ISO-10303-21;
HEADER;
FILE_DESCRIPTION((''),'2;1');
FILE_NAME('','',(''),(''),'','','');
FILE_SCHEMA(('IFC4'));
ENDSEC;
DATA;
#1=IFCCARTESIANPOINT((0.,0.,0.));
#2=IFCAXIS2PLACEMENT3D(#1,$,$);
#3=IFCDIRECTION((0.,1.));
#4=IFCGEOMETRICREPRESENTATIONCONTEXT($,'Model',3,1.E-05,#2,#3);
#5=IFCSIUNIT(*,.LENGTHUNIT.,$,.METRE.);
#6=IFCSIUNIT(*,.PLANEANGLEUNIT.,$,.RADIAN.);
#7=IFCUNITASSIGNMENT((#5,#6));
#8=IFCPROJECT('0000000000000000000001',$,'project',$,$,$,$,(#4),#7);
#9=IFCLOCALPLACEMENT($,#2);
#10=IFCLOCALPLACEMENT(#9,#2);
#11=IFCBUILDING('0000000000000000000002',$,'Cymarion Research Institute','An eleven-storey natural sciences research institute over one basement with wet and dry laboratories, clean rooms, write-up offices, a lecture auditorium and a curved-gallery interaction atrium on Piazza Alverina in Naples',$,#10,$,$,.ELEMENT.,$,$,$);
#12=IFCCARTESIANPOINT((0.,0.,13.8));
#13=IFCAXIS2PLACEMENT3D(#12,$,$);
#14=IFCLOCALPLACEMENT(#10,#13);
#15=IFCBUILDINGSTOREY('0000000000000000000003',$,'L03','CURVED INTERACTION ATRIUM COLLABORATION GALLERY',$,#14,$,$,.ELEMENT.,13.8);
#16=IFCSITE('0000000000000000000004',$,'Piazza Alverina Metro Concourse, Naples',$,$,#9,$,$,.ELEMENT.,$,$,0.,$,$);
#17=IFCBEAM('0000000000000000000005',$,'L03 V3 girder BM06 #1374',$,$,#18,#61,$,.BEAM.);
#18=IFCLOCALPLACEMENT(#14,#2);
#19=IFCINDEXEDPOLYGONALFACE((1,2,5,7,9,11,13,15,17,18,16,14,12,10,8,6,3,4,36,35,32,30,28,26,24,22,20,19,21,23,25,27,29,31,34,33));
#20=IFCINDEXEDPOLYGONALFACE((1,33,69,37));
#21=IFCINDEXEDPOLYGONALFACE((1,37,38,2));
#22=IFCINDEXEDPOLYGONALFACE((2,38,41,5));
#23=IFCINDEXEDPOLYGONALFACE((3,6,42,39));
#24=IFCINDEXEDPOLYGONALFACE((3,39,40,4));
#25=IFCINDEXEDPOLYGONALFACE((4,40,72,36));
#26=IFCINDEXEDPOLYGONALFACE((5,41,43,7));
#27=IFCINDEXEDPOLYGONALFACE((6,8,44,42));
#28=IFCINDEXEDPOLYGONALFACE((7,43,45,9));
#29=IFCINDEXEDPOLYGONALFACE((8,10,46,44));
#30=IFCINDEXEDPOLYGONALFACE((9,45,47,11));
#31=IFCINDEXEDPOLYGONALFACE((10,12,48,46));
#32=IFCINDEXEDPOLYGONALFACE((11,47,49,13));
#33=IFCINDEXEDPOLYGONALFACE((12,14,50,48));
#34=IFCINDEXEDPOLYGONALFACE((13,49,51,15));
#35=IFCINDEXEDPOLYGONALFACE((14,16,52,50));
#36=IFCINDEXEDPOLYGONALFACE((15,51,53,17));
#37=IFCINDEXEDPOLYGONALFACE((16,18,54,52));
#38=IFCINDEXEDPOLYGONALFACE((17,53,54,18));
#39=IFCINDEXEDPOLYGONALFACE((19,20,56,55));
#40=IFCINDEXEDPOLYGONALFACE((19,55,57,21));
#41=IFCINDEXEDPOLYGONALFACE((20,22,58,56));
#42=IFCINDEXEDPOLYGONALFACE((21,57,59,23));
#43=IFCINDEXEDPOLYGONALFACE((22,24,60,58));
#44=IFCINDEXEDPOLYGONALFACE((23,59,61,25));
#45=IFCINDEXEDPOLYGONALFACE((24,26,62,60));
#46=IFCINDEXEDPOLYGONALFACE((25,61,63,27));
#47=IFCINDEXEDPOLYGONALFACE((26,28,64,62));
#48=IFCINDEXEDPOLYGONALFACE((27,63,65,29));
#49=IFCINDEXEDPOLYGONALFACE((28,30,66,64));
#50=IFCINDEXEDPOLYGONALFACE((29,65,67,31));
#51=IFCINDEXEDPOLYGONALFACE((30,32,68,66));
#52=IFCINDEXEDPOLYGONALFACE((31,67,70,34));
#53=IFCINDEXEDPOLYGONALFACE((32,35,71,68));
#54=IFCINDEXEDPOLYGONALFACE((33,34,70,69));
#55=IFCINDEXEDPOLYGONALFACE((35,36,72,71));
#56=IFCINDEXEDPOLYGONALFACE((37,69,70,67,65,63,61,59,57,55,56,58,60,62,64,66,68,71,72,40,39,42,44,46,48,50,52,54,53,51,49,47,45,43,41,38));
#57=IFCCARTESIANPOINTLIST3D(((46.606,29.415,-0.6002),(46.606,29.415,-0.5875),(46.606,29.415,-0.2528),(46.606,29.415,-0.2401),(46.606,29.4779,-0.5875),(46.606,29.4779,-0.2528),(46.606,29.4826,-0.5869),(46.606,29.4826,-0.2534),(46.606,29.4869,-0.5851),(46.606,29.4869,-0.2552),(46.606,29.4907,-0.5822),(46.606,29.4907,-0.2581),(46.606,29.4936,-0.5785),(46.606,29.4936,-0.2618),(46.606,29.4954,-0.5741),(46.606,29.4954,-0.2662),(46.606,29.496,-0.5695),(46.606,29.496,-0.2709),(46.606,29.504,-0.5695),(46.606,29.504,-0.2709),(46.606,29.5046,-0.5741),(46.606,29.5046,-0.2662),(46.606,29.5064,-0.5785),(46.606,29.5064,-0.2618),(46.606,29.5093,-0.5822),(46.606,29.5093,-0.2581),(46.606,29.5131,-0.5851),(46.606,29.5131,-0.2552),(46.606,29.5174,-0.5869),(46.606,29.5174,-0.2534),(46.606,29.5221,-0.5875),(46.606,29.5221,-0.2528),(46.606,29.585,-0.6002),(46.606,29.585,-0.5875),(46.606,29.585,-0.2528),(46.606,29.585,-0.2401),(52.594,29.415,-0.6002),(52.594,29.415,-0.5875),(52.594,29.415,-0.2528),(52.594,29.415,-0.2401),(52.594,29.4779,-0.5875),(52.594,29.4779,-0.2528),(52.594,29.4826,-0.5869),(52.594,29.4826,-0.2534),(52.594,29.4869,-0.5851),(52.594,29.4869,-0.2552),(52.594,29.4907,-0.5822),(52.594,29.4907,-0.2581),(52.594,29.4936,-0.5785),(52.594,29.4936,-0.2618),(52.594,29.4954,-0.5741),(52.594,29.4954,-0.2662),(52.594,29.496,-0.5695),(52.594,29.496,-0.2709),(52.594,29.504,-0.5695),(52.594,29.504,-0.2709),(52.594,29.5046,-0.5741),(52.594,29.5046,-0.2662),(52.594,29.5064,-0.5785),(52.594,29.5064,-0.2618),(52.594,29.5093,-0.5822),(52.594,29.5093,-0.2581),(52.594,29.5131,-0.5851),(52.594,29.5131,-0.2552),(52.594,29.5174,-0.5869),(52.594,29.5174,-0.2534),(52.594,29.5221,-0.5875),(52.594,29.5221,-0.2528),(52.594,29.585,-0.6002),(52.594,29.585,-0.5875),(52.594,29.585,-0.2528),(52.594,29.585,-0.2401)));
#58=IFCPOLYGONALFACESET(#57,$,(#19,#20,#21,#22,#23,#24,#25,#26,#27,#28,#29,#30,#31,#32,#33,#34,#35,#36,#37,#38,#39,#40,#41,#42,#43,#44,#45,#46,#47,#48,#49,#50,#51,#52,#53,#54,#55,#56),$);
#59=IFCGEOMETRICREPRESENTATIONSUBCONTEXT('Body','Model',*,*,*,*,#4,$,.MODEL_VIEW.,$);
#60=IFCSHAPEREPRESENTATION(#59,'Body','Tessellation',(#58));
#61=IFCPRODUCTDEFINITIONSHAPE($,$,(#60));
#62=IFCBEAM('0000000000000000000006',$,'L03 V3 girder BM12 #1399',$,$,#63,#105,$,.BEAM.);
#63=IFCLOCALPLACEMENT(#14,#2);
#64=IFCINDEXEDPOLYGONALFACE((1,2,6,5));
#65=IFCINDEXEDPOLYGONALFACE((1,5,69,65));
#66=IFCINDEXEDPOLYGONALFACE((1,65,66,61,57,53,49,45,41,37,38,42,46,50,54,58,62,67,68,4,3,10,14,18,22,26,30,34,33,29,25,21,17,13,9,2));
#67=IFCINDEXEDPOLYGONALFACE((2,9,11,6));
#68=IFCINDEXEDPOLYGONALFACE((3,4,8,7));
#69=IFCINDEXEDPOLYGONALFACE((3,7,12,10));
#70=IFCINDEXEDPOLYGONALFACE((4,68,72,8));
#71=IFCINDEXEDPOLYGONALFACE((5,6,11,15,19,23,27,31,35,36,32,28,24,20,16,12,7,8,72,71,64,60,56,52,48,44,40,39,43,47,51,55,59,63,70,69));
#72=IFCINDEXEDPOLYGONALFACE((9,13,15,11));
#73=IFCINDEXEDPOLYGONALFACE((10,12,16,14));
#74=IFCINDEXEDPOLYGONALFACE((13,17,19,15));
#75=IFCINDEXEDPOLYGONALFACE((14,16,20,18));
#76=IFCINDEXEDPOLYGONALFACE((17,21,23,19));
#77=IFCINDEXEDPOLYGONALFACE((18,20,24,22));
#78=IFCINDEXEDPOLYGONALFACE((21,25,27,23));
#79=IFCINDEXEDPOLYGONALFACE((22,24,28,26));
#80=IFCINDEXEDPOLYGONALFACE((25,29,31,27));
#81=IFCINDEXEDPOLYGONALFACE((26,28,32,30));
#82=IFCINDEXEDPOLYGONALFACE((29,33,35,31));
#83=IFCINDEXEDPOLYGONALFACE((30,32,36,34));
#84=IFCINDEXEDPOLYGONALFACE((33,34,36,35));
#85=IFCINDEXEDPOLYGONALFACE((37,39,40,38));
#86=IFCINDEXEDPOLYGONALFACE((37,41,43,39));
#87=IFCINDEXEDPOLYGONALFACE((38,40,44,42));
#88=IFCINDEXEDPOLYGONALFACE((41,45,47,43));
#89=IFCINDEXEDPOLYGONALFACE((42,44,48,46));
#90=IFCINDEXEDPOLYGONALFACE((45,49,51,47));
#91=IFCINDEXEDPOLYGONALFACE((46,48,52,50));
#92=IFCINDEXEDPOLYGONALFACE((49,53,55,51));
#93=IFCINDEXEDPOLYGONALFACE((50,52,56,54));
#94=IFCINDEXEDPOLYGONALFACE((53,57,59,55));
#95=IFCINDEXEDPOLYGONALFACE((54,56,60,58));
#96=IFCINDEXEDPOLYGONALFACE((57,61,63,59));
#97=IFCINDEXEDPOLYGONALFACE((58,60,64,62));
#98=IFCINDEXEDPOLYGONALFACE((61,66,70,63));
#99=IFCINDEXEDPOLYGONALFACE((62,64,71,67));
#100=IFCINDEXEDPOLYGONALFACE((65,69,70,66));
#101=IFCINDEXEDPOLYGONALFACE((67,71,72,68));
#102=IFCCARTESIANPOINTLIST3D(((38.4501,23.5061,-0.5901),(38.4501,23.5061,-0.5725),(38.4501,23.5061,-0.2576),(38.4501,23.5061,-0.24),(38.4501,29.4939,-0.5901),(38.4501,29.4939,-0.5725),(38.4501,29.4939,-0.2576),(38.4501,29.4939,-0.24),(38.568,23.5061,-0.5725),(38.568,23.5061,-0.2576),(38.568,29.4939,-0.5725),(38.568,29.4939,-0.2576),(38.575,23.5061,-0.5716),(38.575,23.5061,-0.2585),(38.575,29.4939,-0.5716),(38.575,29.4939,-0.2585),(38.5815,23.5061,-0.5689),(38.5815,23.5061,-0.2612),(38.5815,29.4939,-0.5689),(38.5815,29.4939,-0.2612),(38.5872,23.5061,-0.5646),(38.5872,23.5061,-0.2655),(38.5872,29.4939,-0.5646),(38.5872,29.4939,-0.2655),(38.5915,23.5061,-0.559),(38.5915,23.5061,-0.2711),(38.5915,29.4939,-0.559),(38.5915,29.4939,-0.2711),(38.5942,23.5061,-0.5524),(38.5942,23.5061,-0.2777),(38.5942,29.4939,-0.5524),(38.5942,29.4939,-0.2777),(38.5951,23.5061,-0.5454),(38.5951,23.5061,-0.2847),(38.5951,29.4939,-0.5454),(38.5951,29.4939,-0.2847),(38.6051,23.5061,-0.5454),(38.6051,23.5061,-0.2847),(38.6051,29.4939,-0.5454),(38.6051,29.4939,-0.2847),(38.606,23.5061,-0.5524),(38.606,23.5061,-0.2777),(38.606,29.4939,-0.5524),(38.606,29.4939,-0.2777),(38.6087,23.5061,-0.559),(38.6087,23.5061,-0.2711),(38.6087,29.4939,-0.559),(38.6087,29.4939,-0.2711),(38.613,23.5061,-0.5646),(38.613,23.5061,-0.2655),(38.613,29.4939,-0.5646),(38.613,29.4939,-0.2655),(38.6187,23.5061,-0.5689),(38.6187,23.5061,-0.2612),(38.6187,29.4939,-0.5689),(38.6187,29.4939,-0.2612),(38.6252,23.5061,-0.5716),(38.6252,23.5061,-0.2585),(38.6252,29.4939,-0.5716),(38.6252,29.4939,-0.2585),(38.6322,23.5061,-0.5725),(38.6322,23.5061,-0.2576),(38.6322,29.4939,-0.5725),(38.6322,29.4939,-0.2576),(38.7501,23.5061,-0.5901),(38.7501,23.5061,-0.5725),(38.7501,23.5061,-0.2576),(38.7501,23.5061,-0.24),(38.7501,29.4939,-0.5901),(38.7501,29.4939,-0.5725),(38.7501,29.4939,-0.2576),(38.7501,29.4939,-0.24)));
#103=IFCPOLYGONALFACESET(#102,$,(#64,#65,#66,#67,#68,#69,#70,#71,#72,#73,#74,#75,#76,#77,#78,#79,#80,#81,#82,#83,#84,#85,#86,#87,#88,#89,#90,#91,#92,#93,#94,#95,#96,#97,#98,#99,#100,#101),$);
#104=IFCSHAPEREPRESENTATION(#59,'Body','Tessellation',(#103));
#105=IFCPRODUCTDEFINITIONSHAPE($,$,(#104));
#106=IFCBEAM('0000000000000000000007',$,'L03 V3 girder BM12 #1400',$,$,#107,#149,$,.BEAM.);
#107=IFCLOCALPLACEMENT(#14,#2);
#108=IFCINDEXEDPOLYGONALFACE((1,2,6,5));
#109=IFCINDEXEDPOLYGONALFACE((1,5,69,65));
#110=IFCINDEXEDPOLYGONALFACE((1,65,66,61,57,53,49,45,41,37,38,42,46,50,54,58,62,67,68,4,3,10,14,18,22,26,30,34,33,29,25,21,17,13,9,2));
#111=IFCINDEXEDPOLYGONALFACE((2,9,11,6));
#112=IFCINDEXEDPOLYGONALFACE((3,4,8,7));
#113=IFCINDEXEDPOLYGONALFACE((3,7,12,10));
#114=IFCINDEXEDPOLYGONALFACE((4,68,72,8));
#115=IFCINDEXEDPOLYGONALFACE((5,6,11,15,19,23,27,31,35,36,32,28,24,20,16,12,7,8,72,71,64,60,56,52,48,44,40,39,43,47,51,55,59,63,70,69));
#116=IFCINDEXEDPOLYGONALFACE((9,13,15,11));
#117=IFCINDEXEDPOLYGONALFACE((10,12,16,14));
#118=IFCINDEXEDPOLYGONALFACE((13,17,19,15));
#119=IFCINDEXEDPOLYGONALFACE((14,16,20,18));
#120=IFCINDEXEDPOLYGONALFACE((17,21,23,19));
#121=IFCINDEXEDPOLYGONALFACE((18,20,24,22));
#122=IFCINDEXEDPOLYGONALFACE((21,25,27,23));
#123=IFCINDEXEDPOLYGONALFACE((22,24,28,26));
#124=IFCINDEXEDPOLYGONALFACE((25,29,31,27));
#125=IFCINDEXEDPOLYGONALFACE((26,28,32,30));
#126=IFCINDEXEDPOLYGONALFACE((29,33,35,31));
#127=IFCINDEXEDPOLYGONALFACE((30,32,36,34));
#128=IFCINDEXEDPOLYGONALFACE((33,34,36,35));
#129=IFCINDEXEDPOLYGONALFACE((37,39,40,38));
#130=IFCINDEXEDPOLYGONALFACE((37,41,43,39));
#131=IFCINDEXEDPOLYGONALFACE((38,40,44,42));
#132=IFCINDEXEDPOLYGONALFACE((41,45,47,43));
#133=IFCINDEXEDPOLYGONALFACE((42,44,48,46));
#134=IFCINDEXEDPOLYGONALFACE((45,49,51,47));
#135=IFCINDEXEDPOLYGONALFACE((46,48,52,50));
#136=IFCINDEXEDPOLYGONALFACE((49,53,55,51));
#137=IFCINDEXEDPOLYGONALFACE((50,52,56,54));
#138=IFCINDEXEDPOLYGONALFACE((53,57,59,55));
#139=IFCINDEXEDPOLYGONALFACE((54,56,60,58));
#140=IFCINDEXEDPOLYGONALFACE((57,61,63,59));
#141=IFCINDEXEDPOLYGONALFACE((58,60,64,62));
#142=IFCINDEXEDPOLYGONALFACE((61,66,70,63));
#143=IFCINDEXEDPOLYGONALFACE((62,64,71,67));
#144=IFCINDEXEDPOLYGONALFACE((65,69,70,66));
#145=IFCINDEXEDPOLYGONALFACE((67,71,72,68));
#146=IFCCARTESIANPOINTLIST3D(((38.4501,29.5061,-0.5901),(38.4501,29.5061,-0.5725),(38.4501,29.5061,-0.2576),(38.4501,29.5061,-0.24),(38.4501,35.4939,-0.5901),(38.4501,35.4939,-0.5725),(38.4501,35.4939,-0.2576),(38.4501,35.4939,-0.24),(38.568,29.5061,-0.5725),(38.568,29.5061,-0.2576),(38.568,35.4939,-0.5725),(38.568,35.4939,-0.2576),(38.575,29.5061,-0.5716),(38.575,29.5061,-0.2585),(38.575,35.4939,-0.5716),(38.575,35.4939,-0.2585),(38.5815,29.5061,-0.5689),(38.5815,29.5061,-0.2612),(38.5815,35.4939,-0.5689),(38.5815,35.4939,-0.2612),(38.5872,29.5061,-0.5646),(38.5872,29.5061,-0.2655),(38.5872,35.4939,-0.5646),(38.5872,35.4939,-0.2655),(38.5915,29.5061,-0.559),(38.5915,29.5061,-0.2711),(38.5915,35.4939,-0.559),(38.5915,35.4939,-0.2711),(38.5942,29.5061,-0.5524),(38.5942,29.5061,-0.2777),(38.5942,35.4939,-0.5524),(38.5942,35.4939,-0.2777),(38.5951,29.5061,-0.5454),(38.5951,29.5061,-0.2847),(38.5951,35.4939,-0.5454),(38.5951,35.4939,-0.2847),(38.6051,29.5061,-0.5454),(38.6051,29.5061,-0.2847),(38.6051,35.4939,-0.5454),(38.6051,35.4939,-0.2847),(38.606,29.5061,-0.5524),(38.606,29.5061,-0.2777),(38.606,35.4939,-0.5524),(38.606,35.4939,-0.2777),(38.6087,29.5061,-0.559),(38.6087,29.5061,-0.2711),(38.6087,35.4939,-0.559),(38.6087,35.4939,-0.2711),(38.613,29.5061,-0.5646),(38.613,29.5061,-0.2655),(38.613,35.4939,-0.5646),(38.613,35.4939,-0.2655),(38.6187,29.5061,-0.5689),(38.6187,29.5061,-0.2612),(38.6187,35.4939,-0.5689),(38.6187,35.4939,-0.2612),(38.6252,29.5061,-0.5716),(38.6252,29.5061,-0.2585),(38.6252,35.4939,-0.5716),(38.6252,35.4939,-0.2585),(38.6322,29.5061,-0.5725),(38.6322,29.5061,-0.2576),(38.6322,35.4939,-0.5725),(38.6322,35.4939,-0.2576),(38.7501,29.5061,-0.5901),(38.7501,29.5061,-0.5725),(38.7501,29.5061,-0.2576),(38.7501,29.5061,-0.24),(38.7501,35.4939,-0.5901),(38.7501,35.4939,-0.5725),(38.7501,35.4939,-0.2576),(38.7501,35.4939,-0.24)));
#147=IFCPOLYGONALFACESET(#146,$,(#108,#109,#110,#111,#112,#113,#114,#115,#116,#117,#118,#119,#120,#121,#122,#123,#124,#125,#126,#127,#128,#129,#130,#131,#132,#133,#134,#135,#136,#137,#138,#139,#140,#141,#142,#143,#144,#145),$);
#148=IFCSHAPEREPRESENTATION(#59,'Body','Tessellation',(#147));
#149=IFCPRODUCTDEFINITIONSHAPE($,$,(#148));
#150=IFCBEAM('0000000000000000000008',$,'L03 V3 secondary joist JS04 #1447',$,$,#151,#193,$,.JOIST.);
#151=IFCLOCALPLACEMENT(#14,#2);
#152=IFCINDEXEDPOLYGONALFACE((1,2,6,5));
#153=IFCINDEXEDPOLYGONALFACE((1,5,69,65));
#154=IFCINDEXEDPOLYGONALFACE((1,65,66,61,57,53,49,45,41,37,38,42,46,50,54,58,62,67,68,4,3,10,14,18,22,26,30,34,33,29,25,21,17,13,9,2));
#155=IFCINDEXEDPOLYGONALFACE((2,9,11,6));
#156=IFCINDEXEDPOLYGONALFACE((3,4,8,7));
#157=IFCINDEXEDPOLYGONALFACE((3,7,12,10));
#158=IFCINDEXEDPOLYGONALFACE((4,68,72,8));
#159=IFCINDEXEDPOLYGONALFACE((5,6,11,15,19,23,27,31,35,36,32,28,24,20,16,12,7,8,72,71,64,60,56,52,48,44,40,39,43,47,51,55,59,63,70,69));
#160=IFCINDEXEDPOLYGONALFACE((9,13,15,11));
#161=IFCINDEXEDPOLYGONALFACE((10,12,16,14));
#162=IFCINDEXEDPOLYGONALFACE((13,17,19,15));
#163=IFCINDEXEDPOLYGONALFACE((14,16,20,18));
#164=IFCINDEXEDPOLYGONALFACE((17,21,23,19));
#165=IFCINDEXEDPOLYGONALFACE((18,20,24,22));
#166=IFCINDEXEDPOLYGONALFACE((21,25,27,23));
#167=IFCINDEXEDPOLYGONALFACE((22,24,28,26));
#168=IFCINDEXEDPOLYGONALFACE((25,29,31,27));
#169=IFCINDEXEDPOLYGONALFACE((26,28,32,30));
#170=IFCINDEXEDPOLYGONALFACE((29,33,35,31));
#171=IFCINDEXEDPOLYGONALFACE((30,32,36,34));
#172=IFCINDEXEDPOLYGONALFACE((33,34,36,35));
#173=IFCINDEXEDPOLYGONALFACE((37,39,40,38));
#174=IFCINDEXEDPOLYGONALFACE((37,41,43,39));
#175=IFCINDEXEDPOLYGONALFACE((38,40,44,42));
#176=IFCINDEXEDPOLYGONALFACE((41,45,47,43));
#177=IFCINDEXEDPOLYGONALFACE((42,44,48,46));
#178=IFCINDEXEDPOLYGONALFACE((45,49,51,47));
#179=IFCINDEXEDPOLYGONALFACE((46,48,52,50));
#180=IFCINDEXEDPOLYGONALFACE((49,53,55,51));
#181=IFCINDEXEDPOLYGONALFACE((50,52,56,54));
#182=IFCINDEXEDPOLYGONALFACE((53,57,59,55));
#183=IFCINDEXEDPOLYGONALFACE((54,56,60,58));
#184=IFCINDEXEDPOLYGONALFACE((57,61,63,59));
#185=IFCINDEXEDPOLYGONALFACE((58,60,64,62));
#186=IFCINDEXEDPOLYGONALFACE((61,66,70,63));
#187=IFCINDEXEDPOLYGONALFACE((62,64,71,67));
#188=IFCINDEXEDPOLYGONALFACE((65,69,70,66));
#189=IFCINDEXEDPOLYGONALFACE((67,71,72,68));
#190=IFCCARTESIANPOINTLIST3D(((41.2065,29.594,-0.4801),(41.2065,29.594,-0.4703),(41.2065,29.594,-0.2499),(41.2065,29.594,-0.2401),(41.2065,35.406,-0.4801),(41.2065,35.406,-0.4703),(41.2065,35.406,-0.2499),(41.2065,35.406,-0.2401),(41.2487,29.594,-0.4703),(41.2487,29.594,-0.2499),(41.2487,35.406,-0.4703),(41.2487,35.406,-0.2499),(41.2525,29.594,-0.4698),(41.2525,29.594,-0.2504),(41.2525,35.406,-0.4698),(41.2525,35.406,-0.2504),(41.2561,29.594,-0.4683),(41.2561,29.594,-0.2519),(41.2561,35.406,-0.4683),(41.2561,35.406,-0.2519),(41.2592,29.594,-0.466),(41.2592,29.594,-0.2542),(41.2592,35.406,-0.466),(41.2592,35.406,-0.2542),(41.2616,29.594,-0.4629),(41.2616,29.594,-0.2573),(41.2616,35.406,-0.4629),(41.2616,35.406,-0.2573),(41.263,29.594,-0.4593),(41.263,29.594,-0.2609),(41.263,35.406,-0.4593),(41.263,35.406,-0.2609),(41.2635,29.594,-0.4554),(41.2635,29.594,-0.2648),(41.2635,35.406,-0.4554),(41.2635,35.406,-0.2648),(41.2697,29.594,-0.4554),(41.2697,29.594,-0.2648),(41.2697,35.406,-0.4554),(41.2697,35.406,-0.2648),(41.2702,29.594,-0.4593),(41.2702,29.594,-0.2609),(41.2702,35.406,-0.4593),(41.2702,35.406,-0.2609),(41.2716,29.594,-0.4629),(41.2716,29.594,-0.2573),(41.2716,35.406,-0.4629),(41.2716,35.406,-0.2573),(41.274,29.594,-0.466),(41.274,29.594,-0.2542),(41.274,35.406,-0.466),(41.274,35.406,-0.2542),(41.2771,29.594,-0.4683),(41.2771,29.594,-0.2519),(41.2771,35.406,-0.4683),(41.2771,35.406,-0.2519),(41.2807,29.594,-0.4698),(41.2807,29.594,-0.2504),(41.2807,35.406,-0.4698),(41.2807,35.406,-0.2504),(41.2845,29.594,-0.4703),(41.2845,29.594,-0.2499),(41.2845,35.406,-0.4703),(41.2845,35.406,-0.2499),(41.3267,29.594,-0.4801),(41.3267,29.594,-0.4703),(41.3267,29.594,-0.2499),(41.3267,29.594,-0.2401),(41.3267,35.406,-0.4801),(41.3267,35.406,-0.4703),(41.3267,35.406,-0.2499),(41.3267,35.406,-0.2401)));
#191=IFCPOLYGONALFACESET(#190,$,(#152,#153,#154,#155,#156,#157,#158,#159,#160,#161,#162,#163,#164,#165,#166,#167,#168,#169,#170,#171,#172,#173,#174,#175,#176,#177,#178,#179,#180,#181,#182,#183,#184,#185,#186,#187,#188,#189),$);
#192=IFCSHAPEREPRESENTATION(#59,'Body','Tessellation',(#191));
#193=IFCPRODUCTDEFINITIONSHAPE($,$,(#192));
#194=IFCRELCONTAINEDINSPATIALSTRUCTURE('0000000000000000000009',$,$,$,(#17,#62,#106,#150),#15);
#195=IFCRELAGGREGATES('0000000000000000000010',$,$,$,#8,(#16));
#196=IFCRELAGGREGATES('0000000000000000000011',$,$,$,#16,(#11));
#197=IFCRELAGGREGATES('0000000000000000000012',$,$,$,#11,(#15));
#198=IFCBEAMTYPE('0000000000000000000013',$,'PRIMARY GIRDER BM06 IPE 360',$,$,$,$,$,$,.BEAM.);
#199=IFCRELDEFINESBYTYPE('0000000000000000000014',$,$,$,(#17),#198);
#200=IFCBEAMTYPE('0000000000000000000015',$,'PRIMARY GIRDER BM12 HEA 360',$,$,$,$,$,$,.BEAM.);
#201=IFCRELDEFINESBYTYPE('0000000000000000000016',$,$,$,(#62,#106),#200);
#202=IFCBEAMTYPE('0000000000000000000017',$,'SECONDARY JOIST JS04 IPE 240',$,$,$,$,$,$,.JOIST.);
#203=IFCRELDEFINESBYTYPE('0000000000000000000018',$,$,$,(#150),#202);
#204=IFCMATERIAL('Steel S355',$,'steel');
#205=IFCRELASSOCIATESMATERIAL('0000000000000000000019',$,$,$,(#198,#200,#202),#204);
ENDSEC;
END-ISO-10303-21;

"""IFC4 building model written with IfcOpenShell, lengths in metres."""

from ifc_helpers import new_model, si_unit, direction, frame, origin, origin_2d, place, context, subcontext, project, spatial, i_section, extrude, material, material_profile, profile_set, type_object, element, save


model = new_model("IFC4")

# Units and contexts
model_context = context("Model", 3, precision=1e-05, world=origin(), true_north=direction((0.0, 1.0)))
body_context = subcontext(model_context, "Body", "Model", "MODEL_VIEW")
ifc_project = project(units=[si_unit("LENGTHUNIT", "METRE"), si_unit("PLANEANGLEUNIT", "RADIAN")], contexts=[model_context])

# Site, building, storey
site_placement = place(None, origin())
site = spatial("IfcSite", under=ifc_project, at=site_placement, Name="Piazza Alverina Metro Concourse, Naples", CompositionType="ELEMENT", RefElevation=0.0)
building_placement = place(site_placement, origin())
building = spatial("IfcBuilding", under=site, at=building_placement, Name="Cymarion Research Institute", Description="An eleven-storey natural sciences research institute over one basement with wet and dry laboratories, clean rooms, write-up offices, a lecture auditorium and a curved-gallery interaction atrium on Piazza Alverina in Naples", CompositionType="ELEMENT")
storey_placement = place(building_placement, frame((0.0, 0.0, 13.8)))
storey = spatial("IfcBuildingStorey", under=building, at=storey_placement, Name="L03", Description="CURVED INTERACTION ATRIUM COLLABORATION GALLERY", CompositionType="ELEMENT", Elevation=13.8)

# Beams
ifc_material_1 = material(Name="Steel S355", Category="steel")
ifc_material_profile_1 = material_profile(ifc_material_1, i_section(OverallWidth=0.1699, OverallDepth=0.3601, WebThickness=0.0081, FlangeThickness=0.0127, FilletRadius=0.0181, at=origin_2d()), Name="IPE 360")
ifc_profile_set_1 = profile_set([ifc_material_profile_1], Name="Steel S355")
beam_type_1 = type_object("IfcBeamType", Name="PRIMARY GIRDER BM06 IPE 360", PredefinedType="BEAM", material=ifc_profile_set_1)
beam_1_placement = place(storey_placement, frame((46.606, 29.5, -0.4202), z_axis=(1.0, 0.0, 0.0), x_axis=(0.0, 1.0, 0.0)))
element("IfcBeam", 1, at=beam_1_placement, inside=storey, type_object=beam_type_1, Name="L03 V3 girder BM06 #1374", PredefinedType="BEAM", context=body_context, shape_type="SweptSolid", body=[
    extrude(i_section(OverallWidth=0.1699, OverallDepth=0.3601, WebThickness=0.0081, FlangeThickness=0.0127, FilletRadius=0.0181, at=origin_2d()), origin(), (0.0, 0.0, 1.0), 5.988),
])
ifc_material_profile_2 = material_profile(ifc_material_1, i_section(OverallWidth=0.3, OverallDepth=0.3501, WebThickness=0.01, FlangeThickness=0.0176, FilletRadius=0.0271, at=origin_2d()), Name="HEA 360")
ifc_profile_set_2 = profile_set([ifc_material_profile_2], Name="Steel S355")
beam_type_2 = type_object("IfcBeamType", Name="PRIMARY GIRDER BM12 HEA 360", PredefinedType="BEAM", material=ifc_profile_set_2)
for number, where, z_axis, x_axis, name in (
    (2, (38.6001, 23.5061, -0.415), (0.0, 1.0, 0.0), (-1.0, 0.0, 0.0), "L03 V3 girder BM12 #1399"),
    (3, (38.6001, 29.5061, -0.415), (0.0, 1.0, 0.0), (-1.0, 0.0, 0.0), "L03 V3 girder BM12 #1400"),
):
    element("IfcBeam", number, at=place(storey_placement, frame(where, z_axis=z_axis, x_axis=x_axis)), inside=storey, type_object=beam_type_2, Name=name, PredefinedType="BEAM", context=body_context, shape_type="SweptSolid", body=[
        extrude(i_section(OverallWidth=0.3, OverallDepth=0.3501, WebThickness=0.01, FlangeThickness=0.0176, FilletRadius=0.0271, at=origin_2d()), origin(), (0.0, 0.0, 1.0), 5.9878),
    ])
ifc_material_profile_3 = material_profile(ifc_material_1, i_section(OverallWidth=0.1201, OverallDepth=0.24, WebThickness=0.0061, FlangeThickness=0.0098, FilletRadius=0.0149, at=origin_2d()), Name="IPE 240")
ifc_profile_set_3 = profile_set([ifc_material_profile_3], Name="Steel S355")
beam_type_3 = type_object("IfcBeamType", Name="SECONDARY JOIST JS04 IPE 240", PredefinedType="JOIST", material=ifc_profile_set_3)
for number, where, z_axis, x_axis, name in (
    (4, (41.2666, 29.594, -0.3601), (0.0, 1.0, 0.0), (-1.0, 0.0, 0.0), "L03 V3 secondary joist JS04 #1447"),
):
    element("IfcBeam", number, at=place(storey_placement, frame(where, z_axis=z_axis, x_axis=x_axis)), inside=storey, type_object=beam_type_3, Name=name, PredefinedType="JOIST", context=body_context, shape_type="SweptSolid", body=[
        extrude(i_section(OverallWidth=0.1201, OverallDepth=0.24, WebThickness=0.0061, FlangeThickness=0.0098, FilletRadius=0.0149, at=origin_2d()), origin(), (0.0, 0.0, 1.0), 5.812),
    ])

save(model, "model.ifc")
